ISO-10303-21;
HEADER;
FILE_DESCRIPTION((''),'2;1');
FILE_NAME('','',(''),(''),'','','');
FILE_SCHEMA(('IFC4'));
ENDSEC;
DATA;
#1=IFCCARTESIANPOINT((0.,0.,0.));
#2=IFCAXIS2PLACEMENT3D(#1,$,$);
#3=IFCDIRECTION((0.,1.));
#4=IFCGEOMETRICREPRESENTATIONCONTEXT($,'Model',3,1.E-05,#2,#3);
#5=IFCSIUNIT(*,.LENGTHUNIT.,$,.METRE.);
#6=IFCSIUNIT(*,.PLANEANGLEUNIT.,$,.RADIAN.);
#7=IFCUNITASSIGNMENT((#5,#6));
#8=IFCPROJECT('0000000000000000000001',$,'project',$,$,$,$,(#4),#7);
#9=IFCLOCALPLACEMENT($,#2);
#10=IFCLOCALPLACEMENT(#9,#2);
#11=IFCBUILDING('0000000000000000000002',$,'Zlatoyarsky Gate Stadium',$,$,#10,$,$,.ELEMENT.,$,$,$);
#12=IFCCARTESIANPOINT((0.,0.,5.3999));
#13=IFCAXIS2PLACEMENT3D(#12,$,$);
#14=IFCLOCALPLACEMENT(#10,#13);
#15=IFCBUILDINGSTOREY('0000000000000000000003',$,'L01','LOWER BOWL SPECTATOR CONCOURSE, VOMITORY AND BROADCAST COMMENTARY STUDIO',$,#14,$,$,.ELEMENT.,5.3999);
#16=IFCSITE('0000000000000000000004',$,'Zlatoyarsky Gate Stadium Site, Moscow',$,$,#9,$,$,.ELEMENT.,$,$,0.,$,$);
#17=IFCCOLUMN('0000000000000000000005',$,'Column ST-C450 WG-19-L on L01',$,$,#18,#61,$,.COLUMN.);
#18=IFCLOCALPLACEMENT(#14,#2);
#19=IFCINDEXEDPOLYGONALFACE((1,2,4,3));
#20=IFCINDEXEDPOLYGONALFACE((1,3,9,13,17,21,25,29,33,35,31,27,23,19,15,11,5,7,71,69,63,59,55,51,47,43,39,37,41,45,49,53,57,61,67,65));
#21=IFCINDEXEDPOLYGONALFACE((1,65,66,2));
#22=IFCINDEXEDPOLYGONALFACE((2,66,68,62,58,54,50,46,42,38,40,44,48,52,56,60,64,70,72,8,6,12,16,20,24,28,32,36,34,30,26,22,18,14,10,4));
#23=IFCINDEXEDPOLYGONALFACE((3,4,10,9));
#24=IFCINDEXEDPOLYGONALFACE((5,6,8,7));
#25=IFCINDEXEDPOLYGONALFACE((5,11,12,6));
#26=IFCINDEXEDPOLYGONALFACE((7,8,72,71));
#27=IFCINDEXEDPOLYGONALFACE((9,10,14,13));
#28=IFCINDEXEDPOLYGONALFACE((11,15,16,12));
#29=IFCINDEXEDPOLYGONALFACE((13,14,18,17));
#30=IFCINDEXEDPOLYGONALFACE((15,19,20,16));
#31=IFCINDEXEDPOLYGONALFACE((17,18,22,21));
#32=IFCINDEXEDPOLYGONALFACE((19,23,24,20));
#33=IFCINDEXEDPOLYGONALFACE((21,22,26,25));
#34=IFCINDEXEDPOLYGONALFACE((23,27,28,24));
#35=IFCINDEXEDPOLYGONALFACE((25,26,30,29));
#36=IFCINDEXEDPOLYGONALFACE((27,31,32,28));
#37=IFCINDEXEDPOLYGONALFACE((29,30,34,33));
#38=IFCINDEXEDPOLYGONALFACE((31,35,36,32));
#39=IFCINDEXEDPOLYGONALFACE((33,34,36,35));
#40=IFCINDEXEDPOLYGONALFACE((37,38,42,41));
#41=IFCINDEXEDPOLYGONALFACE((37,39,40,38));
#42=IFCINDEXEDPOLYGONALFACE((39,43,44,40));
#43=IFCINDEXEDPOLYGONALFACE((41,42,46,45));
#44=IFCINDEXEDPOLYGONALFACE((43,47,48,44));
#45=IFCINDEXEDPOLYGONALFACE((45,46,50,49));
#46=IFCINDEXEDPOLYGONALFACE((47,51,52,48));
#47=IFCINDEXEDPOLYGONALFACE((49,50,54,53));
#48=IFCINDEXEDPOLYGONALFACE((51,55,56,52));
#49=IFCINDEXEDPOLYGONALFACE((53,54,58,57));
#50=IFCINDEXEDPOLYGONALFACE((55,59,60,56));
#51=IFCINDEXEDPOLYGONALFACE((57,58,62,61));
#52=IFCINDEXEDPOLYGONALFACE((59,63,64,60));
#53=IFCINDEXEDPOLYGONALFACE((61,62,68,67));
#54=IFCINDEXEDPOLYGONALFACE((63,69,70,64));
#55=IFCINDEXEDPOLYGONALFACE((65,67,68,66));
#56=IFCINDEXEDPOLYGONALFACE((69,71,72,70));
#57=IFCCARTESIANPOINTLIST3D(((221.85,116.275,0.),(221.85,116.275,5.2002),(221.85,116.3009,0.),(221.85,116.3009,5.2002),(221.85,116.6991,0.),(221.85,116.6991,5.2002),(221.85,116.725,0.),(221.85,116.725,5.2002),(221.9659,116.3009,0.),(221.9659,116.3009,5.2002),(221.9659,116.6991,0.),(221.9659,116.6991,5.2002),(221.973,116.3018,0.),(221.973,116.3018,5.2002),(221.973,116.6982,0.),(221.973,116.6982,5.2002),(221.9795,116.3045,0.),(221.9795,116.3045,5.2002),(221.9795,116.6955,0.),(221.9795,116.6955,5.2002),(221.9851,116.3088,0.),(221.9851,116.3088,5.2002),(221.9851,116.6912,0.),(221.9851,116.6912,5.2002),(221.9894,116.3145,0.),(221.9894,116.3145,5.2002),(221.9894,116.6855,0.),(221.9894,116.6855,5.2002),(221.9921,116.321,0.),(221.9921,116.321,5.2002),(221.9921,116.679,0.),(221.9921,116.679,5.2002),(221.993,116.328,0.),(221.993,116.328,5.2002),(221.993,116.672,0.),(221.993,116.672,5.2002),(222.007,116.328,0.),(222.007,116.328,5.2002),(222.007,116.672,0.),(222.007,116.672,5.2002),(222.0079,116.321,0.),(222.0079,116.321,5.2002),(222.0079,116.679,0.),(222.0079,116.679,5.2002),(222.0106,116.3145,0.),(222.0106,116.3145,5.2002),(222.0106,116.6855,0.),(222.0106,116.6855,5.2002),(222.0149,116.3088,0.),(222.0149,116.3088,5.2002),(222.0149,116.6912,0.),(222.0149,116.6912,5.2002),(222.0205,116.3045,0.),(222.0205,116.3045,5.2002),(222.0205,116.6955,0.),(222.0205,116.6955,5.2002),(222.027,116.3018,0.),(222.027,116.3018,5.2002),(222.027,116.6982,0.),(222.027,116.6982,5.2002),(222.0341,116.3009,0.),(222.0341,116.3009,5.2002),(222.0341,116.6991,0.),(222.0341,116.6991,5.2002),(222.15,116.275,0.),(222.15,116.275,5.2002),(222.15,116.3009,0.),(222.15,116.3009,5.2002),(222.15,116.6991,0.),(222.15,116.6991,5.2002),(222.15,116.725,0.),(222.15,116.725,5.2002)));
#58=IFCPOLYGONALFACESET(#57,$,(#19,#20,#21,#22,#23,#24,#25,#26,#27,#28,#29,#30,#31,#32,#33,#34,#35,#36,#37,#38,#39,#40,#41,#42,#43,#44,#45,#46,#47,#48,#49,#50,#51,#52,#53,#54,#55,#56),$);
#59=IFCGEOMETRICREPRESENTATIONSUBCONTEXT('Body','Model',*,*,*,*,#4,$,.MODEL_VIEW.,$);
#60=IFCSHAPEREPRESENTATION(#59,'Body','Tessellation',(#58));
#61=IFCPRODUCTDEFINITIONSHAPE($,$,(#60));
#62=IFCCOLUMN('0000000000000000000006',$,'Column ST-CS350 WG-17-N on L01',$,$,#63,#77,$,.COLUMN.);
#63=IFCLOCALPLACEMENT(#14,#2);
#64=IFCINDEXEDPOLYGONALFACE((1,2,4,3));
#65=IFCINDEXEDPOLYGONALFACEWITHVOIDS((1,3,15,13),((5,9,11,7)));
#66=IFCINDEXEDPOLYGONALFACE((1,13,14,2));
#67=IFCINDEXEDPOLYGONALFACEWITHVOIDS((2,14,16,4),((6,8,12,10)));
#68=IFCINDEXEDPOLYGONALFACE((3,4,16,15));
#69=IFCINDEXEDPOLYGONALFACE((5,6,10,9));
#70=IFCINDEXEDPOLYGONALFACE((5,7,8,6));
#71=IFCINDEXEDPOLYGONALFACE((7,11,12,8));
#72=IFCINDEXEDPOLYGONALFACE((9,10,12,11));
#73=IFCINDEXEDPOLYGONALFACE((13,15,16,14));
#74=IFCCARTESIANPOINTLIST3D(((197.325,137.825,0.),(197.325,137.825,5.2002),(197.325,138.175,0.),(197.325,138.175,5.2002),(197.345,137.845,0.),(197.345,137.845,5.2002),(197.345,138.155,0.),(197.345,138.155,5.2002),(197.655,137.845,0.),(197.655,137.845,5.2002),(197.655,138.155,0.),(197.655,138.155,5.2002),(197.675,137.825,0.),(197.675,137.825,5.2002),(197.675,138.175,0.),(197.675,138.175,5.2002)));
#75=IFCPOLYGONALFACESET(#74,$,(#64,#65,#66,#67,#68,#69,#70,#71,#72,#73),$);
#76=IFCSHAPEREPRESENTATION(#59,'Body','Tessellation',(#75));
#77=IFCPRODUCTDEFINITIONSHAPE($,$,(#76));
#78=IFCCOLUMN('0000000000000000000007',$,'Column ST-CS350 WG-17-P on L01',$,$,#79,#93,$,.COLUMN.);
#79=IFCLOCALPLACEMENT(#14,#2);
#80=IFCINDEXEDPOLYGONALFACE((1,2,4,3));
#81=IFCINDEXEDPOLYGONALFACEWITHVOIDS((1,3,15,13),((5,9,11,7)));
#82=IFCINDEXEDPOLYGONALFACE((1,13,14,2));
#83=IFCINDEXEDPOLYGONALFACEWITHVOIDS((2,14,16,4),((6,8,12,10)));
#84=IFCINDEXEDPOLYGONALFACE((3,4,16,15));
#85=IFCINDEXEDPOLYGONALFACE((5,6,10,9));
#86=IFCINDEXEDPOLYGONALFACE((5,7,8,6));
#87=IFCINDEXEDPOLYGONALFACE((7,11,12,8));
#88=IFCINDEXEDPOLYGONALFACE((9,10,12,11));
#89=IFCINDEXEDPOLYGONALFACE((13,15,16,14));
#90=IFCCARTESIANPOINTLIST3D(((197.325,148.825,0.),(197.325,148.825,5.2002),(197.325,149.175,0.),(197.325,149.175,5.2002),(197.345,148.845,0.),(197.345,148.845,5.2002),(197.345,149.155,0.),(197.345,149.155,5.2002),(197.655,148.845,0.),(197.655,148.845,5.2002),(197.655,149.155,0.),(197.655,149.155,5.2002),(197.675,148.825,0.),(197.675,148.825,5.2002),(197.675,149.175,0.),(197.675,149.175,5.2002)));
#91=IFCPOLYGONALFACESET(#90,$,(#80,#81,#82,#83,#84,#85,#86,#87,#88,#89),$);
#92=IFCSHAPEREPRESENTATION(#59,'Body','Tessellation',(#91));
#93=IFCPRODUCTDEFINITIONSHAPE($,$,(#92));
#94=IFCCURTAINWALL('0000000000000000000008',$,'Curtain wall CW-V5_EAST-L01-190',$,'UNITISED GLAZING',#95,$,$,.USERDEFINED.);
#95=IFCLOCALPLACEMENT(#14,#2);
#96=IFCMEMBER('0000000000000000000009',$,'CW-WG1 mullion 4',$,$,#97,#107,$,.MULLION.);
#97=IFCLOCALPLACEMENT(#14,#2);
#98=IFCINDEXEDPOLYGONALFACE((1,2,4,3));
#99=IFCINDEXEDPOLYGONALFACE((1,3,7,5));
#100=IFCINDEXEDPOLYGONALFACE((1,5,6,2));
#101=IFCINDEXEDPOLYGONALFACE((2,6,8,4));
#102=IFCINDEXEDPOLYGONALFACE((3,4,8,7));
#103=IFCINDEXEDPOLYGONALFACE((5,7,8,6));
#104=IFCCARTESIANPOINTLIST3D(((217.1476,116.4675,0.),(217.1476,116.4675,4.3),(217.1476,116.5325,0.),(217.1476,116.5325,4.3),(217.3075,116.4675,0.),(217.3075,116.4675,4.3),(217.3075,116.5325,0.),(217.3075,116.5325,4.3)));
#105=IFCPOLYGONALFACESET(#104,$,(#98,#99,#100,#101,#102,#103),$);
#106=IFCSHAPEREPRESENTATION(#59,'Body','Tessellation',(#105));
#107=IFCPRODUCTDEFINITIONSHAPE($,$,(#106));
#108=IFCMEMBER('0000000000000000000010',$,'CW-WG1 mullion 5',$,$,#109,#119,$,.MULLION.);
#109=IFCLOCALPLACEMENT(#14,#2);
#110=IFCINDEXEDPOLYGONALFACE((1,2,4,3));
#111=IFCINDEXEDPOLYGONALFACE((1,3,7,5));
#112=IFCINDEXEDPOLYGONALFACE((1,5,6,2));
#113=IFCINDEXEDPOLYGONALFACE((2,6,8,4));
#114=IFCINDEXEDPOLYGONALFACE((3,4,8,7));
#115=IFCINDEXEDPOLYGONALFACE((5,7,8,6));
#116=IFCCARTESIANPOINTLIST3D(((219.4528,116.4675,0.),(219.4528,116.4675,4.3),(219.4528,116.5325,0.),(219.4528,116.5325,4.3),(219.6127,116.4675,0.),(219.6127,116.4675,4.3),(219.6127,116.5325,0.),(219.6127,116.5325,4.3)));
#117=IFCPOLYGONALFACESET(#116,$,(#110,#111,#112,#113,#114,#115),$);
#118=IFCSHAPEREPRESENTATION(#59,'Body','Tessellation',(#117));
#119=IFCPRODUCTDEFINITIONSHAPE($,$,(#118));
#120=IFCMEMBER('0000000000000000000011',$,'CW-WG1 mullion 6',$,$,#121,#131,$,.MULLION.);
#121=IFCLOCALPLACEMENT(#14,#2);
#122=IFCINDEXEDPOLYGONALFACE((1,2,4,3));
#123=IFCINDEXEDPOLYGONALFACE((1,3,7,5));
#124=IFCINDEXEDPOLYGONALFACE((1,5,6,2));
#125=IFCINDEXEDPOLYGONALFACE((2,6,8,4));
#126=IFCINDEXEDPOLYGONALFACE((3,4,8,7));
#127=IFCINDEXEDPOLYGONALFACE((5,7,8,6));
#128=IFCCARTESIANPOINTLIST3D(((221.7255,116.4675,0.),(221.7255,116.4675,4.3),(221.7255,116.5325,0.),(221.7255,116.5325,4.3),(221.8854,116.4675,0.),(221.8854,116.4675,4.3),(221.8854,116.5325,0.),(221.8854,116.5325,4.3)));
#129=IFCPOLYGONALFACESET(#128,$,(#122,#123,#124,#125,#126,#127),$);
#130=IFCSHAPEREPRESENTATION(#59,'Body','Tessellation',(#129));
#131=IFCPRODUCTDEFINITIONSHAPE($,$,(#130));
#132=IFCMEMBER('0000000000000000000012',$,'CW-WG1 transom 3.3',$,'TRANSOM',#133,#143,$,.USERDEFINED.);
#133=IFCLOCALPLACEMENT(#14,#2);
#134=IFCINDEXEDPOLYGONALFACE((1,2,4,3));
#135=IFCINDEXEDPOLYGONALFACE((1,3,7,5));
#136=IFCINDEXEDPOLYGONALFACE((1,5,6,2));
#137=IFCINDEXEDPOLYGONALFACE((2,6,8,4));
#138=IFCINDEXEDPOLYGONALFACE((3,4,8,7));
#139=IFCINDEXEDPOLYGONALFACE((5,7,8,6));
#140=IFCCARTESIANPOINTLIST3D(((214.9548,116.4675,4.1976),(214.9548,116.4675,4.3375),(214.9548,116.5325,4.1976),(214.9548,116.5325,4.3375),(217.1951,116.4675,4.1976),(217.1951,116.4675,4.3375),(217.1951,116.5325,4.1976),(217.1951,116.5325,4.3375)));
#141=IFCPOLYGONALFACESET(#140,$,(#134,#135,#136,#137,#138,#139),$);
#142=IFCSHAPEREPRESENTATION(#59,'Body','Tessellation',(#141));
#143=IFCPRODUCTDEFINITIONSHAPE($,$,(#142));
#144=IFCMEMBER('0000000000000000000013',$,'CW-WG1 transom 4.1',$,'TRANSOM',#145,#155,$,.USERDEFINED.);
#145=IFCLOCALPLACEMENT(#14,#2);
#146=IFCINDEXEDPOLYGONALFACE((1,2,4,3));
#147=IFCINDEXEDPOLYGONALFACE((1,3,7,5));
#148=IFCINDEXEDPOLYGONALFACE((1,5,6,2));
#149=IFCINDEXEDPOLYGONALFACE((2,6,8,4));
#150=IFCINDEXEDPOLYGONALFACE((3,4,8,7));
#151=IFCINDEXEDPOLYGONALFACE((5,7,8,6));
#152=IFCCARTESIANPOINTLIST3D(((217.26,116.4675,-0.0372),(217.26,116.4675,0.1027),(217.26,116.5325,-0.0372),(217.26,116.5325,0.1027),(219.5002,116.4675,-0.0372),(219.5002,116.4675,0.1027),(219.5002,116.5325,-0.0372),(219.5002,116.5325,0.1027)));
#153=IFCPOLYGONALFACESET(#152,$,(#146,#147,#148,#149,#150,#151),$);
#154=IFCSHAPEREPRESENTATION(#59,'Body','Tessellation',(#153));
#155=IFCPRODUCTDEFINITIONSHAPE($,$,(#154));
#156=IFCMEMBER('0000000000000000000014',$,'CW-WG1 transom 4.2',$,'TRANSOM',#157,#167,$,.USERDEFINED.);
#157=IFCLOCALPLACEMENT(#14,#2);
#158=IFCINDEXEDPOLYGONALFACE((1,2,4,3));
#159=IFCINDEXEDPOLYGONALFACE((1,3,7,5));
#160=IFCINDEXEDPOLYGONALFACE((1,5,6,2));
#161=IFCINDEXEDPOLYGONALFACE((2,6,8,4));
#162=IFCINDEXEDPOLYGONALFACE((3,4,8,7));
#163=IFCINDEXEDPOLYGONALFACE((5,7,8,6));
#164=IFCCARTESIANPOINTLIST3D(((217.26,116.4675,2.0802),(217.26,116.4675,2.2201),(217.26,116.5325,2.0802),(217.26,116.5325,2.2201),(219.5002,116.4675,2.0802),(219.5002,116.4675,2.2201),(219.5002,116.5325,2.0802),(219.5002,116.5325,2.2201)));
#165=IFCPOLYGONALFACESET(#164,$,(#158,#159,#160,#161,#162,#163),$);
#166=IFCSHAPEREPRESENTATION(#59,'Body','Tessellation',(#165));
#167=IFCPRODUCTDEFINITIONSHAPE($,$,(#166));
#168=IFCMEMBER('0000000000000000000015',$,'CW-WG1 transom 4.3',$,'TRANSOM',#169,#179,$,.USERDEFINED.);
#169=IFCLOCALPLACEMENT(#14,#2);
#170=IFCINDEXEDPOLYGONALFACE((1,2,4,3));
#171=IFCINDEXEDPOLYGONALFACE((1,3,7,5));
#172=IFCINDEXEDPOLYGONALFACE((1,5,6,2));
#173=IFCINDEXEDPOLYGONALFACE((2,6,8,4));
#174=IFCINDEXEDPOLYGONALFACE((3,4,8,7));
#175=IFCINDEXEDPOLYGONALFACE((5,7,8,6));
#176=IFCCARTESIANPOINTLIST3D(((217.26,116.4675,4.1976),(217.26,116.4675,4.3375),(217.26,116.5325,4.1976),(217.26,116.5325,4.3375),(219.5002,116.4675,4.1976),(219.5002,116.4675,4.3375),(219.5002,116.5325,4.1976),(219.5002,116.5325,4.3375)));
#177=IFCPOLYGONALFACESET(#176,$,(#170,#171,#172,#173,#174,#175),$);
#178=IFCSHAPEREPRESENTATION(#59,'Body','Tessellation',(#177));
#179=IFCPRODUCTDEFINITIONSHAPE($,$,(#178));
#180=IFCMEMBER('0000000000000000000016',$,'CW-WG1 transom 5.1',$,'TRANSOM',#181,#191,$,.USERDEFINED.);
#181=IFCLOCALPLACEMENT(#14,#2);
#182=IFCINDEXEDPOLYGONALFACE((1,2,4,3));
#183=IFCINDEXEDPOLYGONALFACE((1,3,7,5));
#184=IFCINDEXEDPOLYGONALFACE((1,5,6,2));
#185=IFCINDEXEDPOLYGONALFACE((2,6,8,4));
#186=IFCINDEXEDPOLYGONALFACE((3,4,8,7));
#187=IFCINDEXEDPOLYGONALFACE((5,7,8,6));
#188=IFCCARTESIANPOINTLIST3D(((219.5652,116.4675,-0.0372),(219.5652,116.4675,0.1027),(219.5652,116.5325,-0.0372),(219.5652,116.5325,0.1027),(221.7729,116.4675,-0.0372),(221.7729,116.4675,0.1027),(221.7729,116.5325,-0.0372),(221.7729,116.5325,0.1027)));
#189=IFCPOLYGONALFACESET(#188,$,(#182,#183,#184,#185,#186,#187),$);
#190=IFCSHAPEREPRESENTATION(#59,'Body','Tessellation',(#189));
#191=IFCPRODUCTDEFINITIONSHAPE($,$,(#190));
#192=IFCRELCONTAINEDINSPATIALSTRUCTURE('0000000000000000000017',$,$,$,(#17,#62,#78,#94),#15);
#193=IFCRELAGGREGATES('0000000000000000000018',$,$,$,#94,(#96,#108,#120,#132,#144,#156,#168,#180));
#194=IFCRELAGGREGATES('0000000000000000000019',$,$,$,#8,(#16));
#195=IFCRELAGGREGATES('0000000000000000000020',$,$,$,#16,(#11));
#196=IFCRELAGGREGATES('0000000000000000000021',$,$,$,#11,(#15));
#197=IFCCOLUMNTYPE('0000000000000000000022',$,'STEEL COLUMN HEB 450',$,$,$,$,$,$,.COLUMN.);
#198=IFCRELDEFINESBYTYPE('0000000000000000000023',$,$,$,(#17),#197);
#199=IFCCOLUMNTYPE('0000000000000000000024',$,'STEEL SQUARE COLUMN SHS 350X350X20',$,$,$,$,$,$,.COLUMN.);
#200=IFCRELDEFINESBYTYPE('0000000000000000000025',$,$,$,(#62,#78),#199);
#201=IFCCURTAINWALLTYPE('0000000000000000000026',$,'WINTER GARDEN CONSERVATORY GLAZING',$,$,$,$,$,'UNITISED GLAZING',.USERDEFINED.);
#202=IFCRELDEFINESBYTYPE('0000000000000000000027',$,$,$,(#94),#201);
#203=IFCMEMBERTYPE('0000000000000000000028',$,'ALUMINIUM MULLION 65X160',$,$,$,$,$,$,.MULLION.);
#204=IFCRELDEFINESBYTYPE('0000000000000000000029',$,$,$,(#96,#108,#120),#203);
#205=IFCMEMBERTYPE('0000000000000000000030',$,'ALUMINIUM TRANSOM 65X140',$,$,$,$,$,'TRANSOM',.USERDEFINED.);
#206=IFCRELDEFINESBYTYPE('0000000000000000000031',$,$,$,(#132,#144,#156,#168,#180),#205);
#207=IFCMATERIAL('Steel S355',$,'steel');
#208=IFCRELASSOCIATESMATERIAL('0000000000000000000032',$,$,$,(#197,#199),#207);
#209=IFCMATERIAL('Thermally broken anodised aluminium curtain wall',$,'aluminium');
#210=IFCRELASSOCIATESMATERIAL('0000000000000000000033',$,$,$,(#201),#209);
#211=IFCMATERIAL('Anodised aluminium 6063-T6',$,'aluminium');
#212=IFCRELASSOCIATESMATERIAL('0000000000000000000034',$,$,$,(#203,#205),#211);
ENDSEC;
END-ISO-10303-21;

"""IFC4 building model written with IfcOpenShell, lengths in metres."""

from ifc_helpers import new_model, si_unit, direction, frame, origin, origin_2d, place, context, subcontext, project, spatial, rectangle, hollow_rectangle, i_section, extrude, material, material_profile, profile_set, type_object, element, aggregate, save


model = new_model("IFC4")

# Units and contexts
model_context = context("Model", 3, precision=1e-05, world=origin(), true_north=direction((0.0, 1.0)))
body_context = subcontext(model_context, "Body", "Model", "MODEL_VIEW")
ifc_project = project(units=[si_unit("LENGTHUNIT", "METRE"), si_unit("PLANEANGLEUNIT", "RADIAN")], contexts=[model_context])

# Site, building, storey
site_placement = place(None, origin())
site = spatial("IfcSite", under=ifc_project, at=site_placement, Name="Zlatoyarsky Gate Stadium Site, Moscow", CompositionType="ELEMENT", RefElevation=0.0)
building_placement = place(site_placement, origin())
building = spatial("IfcBuilding", under=site, at=building_placement, Name="Zlatoyarsky Gate Stadium", CompositionType="ELEMENT")
storey_placement = place(building_placement, frame((0.0, 0.0, 5.3999)))
storey = spatial("IfcBuildingStorey", under=building, at=storey_placement, Name="L01", Description="LOWER BOWL SPECTATOR CONCOURSE, VOMITORY AND BROADCAST COMMENTARY STUDIO", CompositionType="ELEMENT", Elevation=5.3999)

# Columns
ifc_material_1 = material(Name="Steel S355", Category="steel")
ifc_material_profile_1 = material_profile(ifc_material_1, i_section(OverallWidth=0.3, OverallDepth=0.45, WebThickness=0.0139, FlangeThickness=0.0259, FilletRadius=0.0271, at=origin_2d()), Name="HEB 450")
ifc_profile_set_1 = profile_set([ifc_material_profile_1], Name="Steel S355")
column_type_1 = type_object("IfcColumnType", Name="STEEL COLUMN HEB 450", PredefinedType="COLUMN", material=ifc_profile_set_1)
column_placement = place(storey_placement, frame((222.0, 116.5, 0.0), z_axis=(0.0, 0.0, 1.0), x_axis=(1.0, 0.0, 0.0)))
element("IfcColumn", 1, at=column_placement, inside=storey, type_object=column_type_1, Name="Column ST-C450 WG-19-L on L01", PredefinedType="COLUMN", context=body_context, shape_type="SweptSolid", body=[
    extrude(i_section(OverallWidth=0.3, OverallDepth=0.45, WebThickness=0.0139, FlangeThickness=0.0259, FilletRadius=0.0271, at=origin_2d()), origin(), (0.0, 0.0, 1.0), 5.2002),
])
ifc_material_profile_2 = material_profile(ifc_material_1, hollow_rectangle(XDim=0.3501, YDim=0.3501, WallThickness=0.02, at=origin_2d()), Name="SHS 350X350X20")
ifc_profile_set_2 = profile_set([ifc_material_profile_2], Name="Steel S355")
column_type_2 = type_object("IfcColumnType", Name="STEEL SQUARE COLUMN SHS 350X350X20", PredefinedType="COLUMN", material=ifc_profile_set_2)
for number, where, z_axis, x_axis, name in (
    (2, (197.5, 138.0, 0.0), (0.0, 0.0, 1.0), (1.0, 0.0, 0.0), "Column ST-CS350 WG-17-N on L01"),
    (3, (197.5, 149.0, 0.0), (0.0, 0.0, 1.0), (1.0, 0.0, 0.0), "Column ST-CS350 WG-17-P on L01"),
):
    element("IfcColumn", number, at=place(storey_placement, frame(where, z_axis=z_axis, x_axis=x_axis)), inside=storey, type_object=column_type_2, Name=name, PredefinedType="COLUMN", context=body_context, shape_type="SweptSolid", body=[
        extrude(hollow_rectangle(XDim=0.3501, YDim=0.3501, WallThickness=0.02, at=origin_2d()), origin(), (0.0, 0.0, 1.0), 5.2002),
    ])

# Curtain wall, members
ifc_material_2 = material(Name="Thermally broken anodised aluminium curtain wall", Category="aluminium")
curtain_wall_type = type_object("IfcCurtainWallType", Name="WINTER GARDEN CONSERVATORY GLAZING", ElementType="UNITISED GLAZING", PredefinedType="USERDEFINED", material=ifc_material_2)
curtain_wall_placement = place(storey_placement, origin())
curtain_wall = element("IfcCurtainWall", 4, at=curtain_wall_placement, inside=storey, type_object=curtain_wall_type, Name="Curtain wall CW-V5_EAST-L01-190", ObjectType="UNITISED GLAZING", PredefinedType="USERDEFINED")
ifc_material_3 = material(Name="Anodised aluminium 6063-T6", Category="aluminium")
ifc_material_profile_3 = material_profile(ifc_material_3, rectangle(XDim=0.0649, YDim=0.1599, at=origin_2d()), Name="ALU 65X160")
ifc_profile_set_3 = profile_set([ifc_material_profile_3], Name="Anodised aluminium 6063-T6")
member_type_1 = type_object("IfcMemberType", Name="ALUMINIUM MULLION 65X160", PredefinedType="MULLION", material=ifc_profile_set_3)
member_1_placement = place(storey_placement, frame((217.2275, 116.5, 0.0), z_axis=(0.0, 0.0, 1.0), x_axis=(0.0, 1.0, 0.0)))
member_1 = element("IfcMember", 5, at=member_1_placement, type_object=member_type_1, Name="CW-WG1 mullion 4", PredefinedType="MULLION", context=body_context, shape_type="SweptSolid", body=[
    extrude(rectangle(XDim=0.0649, YDim=0.1599, at=origin_2d()), origin(), (0.0, 0.0, 1.0), 4.3),
])
member_2_placement = place(storey_placement, frame((219.5327, 116.5, 0.0), z_axis=(0.0, 0.0, 1.0), x_axis=(0.0, 1.0, 0.0)))
member_2 = element("IfcMember", 6, at=member_2_placement, type_object=member_type_1, Name="CW-WG1 mullion 5", PredefinedType="MULLION", context=body_context, shape_type="SweptSolid", body=[
    extrude(rectangle(XDim=0.0649, YDim=0.1599, at=origin_2d()), origin(), (0.0, 0.0, 1.0), 4.3),
])
member_3_placement = place(storey_placement, frame((221.8054, 116.5, 0.0), z_axis=(0.0, 0.0, 1.0), x_axis=(0.0, 1.0, 0.0)))
member_3 = element("IfcMember", 7, at=member_3_placement, type_object=member_type_1, Name="CW-WG1 mullion 6", PredefinedType="MULLION", context=body_context, shape_type="SweptSolid", body=[
    extrude(rectangle(XDim=0.0649, YDim=0.1599, at=origin_2d()), origin(), (0.0, 0.0, 1.0), 4.3),
])
ifc_material_profile_4 = material_profile(ifc_material_3, rectangle(XDim=0.0649, YDim=0.1399, at=origin_2d()), Name="ALU 65X140")
ifc_profile_set_4 = profile_set([ifc_material_profile_4], Name="Anodised aluminium 6063-T6")
member_type_2 = type_object("IfcMemberType", Name="ALUMINIUM TRANSOM 65X140", ElementType="TRANSOM", PredefinedType="USERDEFINED", material=ifc_profile_set_4)
member_4_placement = place(storey_placement, frame((214.9548, 116.5, 4.2676), z_axis=(1.0, 0.0, 0.0), x_axis=(0.0, 1.0, 0.0)))
member_4 = element("IfcMember", 8, at=member_4_placement, type_object=member_type_2, Name="CW-WG1 transom 3.3", ObjectType="TRANSOM", PredefinedType="USERDEFINED", context=body_context, shape_type="SweptSolid", body=[
    extrude(rectangle(XDim=0.0649, YDim=0.1399, at=origin_2d()), origin(), (0.0, 0.0, 1.0), 2.2402),
])
member_5_placement = place(storey_placement, frame((217.26, 116.5, 0.0327), z_axis=(1.0, 0.0, 0.0), x_axis=(0.0, 1.0, 0.0)))
member_5 = element("IfcMember", 9, at=member_5_placement, type_object=member_type_2, Name="CW-WG1 transom 4.1", ObjectType="TRANSOM", PredefinedType="USERDEFINED", context=body_context, shape_type="SweptSolid", body=[
    extrude(rectangle(XDim=0.0649, YDim=0.1399, at=origin_2d()), origin(), (0.0, 0.0, 1.0), 2.2402),
])
member_6_placement = place(storey_placement, frame((217.26, 116.5, 2.1501), z_axis=(1.0, 0.0, 0.0), x_axis=(0.0, 1.0, 0.0)))
member_6 = element("IfcMember", 10, at=member_6_placement, type_object=member_type_2, Name="CW-WG1 transom 4.2", ObjectType="TRANSOM", PredefinedType="USERDEFINED", context=body_context, shape_type="SweptSolid", body=[
    extrude(rectangle(XDim=0.0649, YDim=0.1399, at=origin_2d()), origin(), (0.0, 0.0, 1.0), 2.2402),
])
member_7_placement = place(storey_placement, frame((217.26, 116.5, 4.2676), z_axis=(1.0, 0.0, 0.0), x_axis=(0.0, 1.0, 0.0)))
member_7 = element("IfcMember", 11, at=member_7_placement, type_object=member_type_2, Name="CW-WG1 transom 4.3", ObjectType="TRANSOM", PredefinedType="USERDEFINED", context=body_context, shape_type="SweptSolid", body=[
    extrude(rectangle(XDim=0.0649, YDim=0.1399, at=origin_2d()), origin(), (0.0, 0.0, 1.0), 2.2402),
])
member_8_placement = place(storey_placement, frame((219.5652, 116.5, 0.0327), z_axis=(1.0, 0.0, 0.0), x_axis=(0.0, 1.0, 0.0)))
member_8 = element("IfcMember", 12, at=member_8_placement, type_object=member_type_2, Name="CW-WG1 transom 5.1", ObjectType="TRANSOM", PredefinedType="USERDEFINED", context=body_context, shape_type="SweptSolid", body=[
    extrude(rectangle(XDim=0.0649, YDim=0.1399, at=origin_2d()), origin(), (0.0, 0.0, 1.0), 2.2078),
])

aggregate(curtain_wall, [member_1, member_2, member_3, member_4, member_5, member_6, member_7, member_8])

save(model, "model.ifc")
